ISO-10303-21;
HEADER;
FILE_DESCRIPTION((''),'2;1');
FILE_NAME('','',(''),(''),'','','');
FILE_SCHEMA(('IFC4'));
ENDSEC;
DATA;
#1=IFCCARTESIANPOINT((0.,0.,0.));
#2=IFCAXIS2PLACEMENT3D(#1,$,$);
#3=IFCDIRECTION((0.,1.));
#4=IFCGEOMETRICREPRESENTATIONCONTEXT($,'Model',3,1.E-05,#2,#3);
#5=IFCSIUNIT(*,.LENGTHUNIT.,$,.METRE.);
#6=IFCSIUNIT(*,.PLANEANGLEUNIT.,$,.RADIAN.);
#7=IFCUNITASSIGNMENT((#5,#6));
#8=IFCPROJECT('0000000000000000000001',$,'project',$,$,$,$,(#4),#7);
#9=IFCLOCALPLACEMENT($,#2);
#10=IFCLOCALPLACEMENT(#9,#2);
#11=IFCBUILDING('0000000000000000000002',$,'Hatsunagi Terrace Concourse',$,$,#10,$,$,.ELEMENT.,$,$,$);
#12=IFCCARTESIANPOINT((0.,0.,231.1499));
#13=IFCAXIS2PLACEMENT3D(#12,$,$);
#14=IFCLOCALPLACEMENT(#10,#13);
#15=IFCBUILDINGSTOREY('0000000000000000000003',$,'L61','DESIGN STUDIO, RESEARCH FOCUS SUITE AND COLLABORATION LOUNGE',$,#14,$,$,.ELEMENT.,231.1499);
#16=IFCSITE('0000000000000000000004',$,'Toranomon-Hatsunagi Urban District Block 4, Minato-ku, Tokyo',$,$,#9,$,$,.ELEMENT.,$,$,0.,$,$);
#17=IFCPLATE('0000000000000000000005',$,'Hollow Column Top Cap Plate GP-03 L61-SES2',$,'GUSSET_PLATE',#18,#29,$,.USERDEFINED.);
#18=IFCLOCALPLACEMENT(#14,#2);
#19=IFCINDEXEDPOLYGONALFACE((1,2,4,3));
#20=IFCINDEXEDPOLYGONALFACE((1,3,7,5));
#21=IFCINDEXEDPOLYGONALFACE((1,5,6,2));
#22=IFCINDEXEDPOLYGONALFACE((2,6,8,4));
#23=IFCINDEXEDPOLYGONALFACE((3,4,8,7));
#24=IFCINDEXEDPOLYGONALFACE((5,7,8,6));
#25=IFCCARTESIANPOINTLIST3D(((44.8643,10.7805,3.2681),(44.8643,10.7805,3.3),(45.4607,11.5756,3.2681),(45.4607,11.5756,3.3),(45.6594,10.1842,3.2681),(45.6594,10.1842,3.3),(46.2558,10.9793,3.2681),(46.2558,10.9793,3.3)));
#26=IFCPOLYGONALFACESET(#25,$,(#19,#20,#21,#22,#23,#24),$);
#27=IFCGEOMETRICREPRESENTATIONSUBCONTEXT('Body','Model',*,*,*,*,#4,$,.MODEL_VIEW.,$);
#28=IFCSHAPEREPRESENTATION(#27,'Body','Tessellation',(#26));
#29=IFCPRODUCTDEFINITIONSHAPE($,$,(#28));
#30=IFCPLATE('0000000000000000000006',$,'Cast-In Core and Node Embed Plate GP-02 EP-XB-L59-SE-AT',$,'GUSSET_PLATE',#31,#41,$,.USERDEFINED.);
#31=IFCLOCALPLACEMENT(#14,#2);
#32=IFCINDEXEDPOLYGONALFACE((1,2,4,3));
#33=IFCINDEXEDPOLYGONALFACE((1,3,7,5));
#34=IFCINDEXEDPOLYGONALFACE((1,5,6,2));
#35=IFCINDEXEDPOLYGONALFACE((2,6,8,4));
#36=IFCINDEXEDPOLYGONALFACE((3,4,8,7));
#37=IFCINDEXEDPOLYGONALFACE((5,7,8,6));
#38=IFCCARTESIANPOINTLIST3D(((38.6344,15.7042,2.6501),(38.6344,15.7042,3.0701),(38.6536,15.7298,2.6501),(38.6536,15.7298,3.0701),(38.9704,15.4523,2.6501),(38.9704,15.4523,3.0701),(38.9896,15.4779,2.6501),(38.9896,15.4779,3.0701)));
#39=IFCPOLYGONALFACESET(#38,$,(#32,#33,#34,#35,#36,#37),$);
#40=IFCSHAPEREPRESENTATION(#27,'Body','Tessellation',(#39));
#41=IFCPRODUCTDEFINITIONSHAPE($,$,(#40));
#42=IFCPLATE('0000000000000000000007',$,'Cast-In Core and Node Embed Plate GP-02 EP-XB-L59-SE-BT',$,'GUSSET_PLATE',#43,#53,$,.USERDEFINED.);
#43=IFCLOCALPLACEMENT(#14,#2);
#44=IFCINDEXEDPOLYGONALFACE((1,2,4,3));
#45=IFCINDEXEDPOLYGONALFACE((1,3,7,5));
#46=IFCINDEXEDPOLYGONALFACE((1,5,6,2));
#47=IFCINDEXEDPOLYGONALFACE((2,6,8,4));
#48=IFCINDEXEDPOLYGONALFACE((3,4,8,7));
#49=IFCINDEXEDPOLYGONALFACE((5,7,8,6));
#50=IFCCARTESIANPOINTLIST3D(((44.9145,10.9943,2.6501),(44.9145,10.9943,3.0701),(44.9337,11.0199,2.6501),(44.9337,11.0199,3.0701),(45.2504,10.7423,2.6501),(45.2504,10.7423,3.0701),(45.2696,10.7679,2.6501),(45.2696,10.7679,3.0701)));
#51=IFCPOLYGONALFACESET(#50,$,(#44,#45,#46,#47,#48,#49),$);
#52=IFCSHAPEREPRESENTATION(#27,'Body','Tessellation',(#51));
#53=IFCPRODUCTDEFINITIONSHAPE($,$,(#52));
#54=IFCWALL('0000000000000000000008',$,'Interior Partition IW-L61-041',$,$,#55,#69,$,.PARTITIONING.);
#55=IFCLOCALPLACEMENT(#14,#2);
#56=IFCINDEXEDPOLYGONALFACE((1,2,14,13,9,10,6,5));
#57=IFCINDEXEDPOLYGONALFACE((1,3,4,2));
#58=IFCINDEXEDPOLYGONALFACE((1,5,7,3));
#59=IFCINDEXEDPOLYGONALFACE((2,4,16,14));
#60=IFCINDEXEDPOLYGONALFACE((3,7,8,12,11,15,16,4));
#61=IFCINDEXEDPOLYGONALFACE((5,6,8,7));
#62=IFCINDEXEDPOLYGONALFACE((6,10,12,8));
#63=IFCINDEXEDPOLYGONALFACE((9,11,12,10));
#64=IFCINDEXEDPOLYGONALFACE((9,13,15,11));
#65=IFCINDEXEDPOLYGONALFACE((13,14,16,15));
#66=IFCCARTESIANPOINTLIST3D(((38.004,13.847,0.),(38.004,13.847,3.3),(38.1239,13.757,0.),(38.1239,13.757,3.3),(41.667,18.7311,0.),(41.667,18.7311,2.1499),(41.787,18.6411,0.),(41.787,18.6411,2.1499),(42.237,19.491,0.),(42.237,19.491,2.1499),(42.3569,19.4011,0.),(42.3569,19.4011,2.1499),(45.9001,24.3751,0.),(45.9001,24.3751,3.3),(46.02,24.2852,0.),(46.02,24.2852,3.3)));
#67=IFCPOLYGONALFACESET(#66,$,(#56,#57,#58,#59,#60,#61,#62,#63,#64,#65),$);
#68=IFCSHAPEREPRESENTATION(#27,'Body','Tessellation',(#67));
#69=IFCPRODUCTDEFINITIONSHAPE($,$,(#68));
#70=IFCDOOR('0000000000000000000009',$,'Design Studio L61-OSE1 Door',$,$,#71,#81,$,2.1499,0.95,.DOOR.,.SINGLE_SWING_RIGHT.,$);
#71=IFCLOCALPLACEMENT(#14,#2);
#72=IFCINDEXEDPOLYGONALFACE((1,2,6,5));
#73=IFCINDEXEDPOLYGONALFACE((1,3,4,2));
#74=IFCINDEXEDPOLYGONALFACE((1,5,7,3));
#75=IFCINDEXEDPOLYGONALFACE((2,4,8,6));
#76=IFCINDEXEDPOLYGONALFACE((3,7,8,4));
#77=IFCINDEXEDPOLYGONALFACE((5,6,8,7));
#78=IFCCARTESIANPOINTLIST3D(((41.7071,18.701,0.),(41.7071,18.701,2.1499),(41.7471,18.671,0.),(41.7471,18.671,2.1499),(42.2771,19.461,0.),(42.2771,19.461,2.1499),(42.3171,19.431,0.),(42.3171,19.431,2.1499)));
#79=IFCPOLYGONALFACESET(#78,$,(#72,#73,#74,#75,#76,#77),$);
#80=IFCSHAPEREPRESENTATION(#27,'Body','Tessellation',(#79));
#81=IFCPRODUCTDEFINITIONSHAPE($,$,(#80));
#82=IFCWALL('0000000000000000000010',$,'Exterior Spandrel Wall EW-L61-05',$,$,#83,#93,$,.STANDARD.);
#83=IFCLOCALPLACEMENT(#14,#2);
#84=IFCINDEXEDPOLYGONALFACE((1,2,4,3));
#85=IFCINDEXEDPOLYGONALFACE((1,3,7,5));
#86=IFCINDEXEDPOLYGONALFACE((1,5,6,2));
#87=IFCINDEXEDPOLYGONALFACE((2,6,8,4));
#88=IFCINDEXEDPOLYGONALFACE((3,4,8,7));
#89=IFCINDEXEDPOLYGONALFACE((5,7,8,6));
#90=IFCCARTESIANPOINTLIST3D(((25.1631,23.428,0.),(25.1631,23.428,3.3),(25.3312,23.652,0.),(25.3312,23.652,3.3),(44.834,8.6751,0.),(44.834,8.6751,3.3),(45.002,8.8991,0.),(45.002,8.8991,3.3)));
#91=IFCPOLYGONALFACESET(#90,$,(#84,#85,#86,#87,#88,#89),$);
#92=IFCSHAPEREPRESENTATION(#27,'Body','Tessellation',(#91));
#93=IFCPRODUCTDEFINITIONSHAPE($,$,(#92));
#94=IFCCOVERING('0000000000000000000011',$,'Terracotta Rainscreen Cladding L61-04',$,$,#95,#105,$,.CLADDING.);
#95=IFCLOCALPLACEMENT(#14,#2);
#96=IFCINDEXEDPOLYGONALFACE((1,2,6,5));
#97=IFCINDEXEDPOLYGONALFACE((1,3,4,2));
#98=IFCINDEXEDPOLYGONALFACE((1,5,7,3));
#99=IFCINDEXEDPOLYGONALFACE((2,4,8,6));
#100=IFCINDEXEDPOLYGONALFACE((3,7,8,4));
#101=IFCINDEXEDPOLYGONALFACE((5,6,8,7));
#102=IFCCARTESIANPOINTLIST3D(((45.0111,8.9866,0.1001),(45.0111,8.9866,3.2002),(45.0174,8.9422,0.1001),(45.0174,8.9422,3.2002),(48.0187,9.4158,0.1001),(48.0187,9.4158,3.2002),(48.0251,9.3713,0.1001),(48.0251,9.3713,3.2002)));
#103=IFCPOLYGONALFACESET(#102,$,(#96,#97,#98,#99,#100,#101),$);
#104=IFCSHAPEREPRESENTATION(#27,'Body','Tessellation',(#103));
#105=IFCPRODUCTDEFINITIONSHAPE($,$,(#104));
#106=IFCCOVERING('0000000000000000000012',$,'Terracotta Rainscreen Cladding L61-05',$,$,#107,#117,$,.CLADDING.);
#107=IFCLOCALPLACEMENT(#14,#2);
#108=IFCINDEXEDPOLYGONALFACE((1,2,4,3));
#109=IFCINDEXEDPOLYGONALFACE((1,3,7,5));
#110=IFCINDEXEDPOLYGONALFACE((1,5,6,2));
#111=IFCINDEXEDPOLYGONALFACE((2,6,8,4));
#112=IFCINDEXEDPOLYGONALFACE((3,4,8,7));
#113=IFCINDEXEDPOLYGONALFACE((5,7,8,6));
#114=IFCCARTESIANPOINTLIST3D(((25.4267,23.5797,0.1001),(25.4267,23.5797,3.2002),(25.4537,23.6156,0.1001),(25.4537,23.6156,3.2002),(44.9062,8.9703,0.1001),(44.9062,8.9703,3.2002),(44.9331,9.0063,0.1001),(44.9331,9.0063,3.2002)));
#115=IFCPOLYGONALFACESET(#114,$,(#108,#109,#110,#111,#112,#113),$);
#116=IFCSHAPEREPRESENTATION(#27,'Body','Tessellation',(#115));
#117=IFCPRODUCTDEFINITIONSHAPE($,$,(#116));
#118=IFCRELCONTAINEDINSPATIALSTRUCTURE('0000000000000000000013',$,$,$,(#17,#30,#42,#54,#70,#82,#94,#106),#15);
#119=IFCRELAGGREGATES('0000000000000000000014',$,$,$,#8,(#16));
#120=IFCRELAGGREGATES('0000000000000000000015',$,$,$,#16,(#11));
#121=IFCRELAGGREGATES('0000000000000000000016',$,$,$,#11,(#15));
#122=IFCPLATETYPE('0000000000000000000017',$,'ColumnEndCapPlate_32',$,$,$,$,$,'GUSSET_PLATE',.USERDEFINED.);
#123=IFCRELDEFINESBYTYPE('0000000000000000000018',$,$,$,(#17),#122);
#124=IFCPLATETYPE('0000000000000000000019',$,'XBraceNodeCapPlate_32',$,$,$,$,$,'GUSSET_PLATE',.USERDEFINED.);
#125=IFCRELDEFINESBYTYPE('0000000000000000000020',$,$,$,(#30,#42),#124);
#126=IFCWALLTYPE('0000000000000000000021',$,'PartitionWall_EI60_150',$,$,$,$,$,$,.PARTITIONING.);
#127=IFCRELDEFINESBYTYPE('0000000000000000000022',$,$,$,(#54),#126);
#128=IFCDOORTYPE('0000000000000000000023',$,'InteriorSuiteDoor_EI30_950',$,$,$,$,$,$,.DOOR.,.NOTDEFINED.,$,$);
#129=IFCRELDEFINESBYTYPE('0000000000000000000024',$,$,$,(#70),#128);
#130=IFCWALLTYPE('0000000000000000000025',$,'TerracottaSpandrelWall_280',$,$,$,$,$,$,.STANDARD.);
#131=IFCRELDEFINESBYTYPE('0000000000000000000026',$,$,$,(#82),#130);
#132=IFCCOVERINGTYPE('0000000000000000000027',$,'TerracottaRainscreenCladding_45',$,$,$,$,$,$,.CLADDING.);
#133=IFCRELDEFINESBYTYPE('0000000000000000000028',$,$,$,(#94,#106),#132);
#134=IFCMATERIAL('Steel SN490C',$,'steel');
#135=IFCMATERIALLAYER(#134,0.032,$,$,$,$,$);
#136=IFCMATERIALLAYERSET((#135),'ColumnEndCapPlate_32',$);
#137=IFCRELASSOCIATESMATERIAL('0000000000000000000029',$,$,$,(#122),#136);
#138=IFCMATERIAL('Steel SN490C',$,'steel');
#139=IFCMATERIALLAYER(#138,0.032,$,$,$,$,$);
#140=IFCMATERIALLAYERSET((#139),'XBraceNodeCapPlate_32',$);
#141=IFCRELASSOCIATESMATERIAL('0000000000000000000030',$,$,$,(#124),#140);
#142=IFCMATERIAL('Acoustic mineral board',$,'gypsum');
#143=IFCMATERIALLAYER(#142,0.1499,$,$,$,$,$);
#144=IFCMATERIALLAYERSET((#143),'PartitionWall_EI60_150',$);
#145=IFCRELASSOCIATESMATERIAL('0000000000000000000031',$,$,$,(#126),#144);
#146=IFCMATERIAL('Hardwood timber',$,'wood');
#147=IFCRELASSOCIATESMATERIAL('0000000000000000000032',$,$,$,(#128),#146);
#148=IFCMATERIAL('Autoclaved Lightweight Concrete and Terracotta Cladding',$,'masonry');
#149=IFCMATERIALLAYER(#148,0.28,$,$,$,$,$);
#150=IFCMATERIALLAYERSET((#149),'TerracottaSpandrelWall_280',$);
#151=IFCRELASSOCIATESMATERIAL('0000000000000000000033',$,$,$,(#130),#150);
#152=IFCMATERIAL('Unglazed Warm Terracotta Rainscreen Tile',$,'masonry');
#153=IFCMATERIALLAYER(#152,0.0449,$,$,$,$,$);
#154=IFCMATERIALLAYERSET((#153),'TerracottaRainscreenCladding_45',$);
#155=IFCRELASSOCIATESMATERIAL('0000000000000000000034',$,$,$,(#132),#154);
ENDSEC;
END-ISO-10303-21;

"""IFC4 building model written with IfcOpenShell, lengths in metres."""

from ifc_helpers import new_model, si_unit, direction, frame, frame_2d, origin, origin_2d, place, context, subcontext, project, spatial, rectangle, extrude, material, layer, layer_set, type_object, element, fill, save


model = new_model("IFC4")

# Units and contexts
model_context = context("Model", 3, precision=1e-05, world=origin(), true_north=direction((0.0, 1.0)))
body_context = subcontext(model_context, "Body", "Model", "MODEL_VIEW")
ifc_project = project(units=[si_unit("LENGTHUNIT", "METRE"), si_unit("PLANEANGLEUNIT", "RADIAN")], contexts=[model_context])

# Site, building, storey
site_placement = place(None, origin())
site = spatial("IfcSite", under=ifc_project, at=site_placement, Name="Toranomon-Hatsunagi Urban District Block 4, Minato-ku, Tokyo", CompositionType="ELEMENT", RefElevation=0.0)
building_placement = place(site_placement, origin())
building = spatial("IfcBuilding", under=site, at=building_placement, Name="Hatsunagi Terrace Concourse", CompositionType="ELEMENT")
storey_placement = place(building_placement, frame((0.0, 0.0, 231.1499)))
storey = spatial("IfcBuildingStorey", under=building, at=storey_placement, Name="L61", Description="DESIGN STUDIO, RESEARCH FOCUS SUITE AND COLLABORATION LOUNGE", CompositionType="ELEMENT", Elevation=231.1499)

# Plates
ifc_material_1 = material(Name="Steel SN490C", Category="steel")
ifc_layer_1 = layer(ifc_material_1, 0.032)
ifc_layer_set_1 = layer_set([ifc_layer_1], Name="ColumnEndCapPlate_32")
plate_type_1 = type_object("IfcPlateType", Name="ColumnEndCapPlate_32", ElementType="GUSSET_PLATE", PredefinedType="USERDEFINED", material=ifc_layer_set_1)
plate_placement = place(storey_placement, frame((45.5601, 10.8799, 3.2681), z_axis=(0.0, 0.0, 1.0), x_axis=(0.8, -0.6, 0.0)))
element("IfcPlate", 1, at=plate_placement, inside=storey, type_object=plate_type_1, Name="Hollow Column Top Cap Plate GP-03 L61-SES2", ObjectType="GUSSET_PLATE", PredefinedType="USERDEFINED", context=body_context, shape_type="SweptSolid", body=[
    extrude(rectangle(XDim=0.9939, YDim=0.9939, at=origin_2d()), origin(), (0.0, 0.0, 1.0), 0.032),
])
ifc_material_2 = material(Name="Steel SN490C", Category="steel")
ifc_layer_2 = layer(ifc_material_2, 0.032)
ifc_layer_set_2 = layer_set([ifc_layer_2], Name="XBraceNodeCapPlate_32")
plate_type_2 = type_object("IfcPlateType", Name="XBraceNodeCapPlate_32", ElementType="GUSSET_PLATE", PredefinedType="USERDEFINED", material=ifc_layer_set_2)
for number, where, z_axis, x_axis, name in (
    (2, (38.812, 15.5911, 2.6501), (0.0, 0.0, 1.0), (0.8, -0.6, 0.0), "Cast-In Core and Node Embed Plate GP-02 EP-XB-L59-SE-AT"),
    (3, (45.092, 10.8811, 2.6501), (0.0, 0.0, 1.0), (0.8, -0.6, 0.0), "Cast-In Core and Node Embed Plate GP-02 EP-XB-L59-SE-BT"),
):
    element("IfcPlate", number, at=place(storey_placement, frame(where, z_axis=z_axis, x_axis=x_axis)), inside=storey, type_object=plate_type_2, Name=name, ObjectType="GUSSET_PLATE", PredefinedType="USERDEFINED", context=body_context, shape_type="SweptSolid", body=[
        extrude(rectangle(XDim=0.4199, YDim=0.032, at=origin_2d()), origin(), (0.0, 0.0, 1.0), 0.4199),
    ])

# Wall, opening, door
ifc_material_3 = material(Name="Acoustic mineral board", Category="gypsum")
ifc_layer_3 = layer(ifc_material_3, 0.1499)
ifc_layer_set_3 = layer_set([ifc_layer_3], Name="PartitionWall_EI60_150")
wall_type_1 = type_object("IfcWallType", Name="PartitionWall_EI60_150", PredefinedType="PARTITIONING", material=ifc_layer_set_3)
wall_1_placement = place(storey_placement, frame((38.064, 13.802, 0.0), z_axis=(0.0, 0.0, 1.0), x_axis=(0.599997, 0.800002, 0.0)))
wall_1 = element("IfcWall", 4, at=wall_1_placement, inside=storey, type_object=wall_type_1, Name="Interior Partition IW-L61-041", PredefinedType="PARTITIONING", context=body_context, shape_type="SweptSolid", body=[
    extrude(rectangle(XDim=13.1602, YDim=0.1499, at=frame_2d((6.5801, 0.0))), origin(), (0.0, 0.0, 1.0), 3.3),
])
opening_placement = place(wall_1_placement, frame((6.105, 0.0, 0.0)))
opening = element("IfcOpeningElement", 5, at=opening_placement, cuts=wall_1, PredefinedType="OPENING", context=body_context, shape_type="SweptSolid", body=[
    extrude(rectangle(XDim=0.95, YDim=2.1499, at=frame_2d((0.4751, 1.075))), frame((0.0, 0.085, 0.0), z_axis=(0.0, -1.0, 0.0), x_axis=(1.0, 0.0, 0.0)), (0.0, 0.0, 1.0), 0.1699),
])
ifc_material_4 = material(Name="Hardwood timber", Category="wood")
door_type = type_object("IfcDoorType", Name="InteriorSuiteDoor_EI30_950", OperationType="NOTDEFINED", PredefinedType="DOOR", material=ifc_material_4)
door_placement = place(opening_placement, origin())
door = element("IfcDoor", 6, at=door_placement, inside=storey, type_object=door_type, Name="Design Studio L61-OSE1 Door", OperationType="SINGLE_SWING_RIGHT", OverallHeight=2.1499, OverallWidth=0.95, PredefinedType="DOOR", context=body_context, shape_type="SweptSolid", body=[
    extrude(rectangle(XDim=0.95, YDim=2.1499, at=frame_2d((0.4751, 1.075))), frame((0.0, 0.0249, 0.0), z_axis=(0.0, -1.0, 0.0), x_axis=(1.0, 0.0, 0.0)), (0.0, 0.0, 1.0), 0.05),
])
fill(opening, door)

# Wall
ifc_material_5 = material(Name="Autoclaved Lightweight Concrete and Terracotta Cladding", Category="masonry")
ifc_layer_4 = layer(ifc_material_5, 0.28)
ifc_layer_set_4 = layer_set([ifc_layer_4], Name="TerracottaSpandrelWall_280")
wall_type_2 = type_object("IfcWallType", Name="TerracottaSpandrelWall_280", PredefinedType="STANDARD", material=ifc_layer_set_4)
wall_2_placement = place(storey_placement, frame((44.918, 8.7871, 0.0), z_axis=(0.0, 0.0, 1.0), x_axis=(-0.800005, 0.599994, 0.0)))
element("IfcWall", 7, at=wall_2_placement, inside=storey, type_object=wall_type_2, Name="Exterior Spandrel Wall EW-L61-05", PredefinedType="STANDARD", context=body_context, shape_type="SweptSolid", body=[
    extrude(rectangle(XDim=24.5884, YDim=0.28, at=frame_2d((12.2942, 0.0))), origin(), (0.0, 0.0, 1.0), 3.3),
])

# Coverings
ifc_material_6 = material(Name="Unglazed Warm Terracotta Rainscreen Tile", Category="masonry")
ifc_layer_5 = layer(ifc_material_6, 0.0449)
ifc_layer_set_5 = layer_set([ifc_layer_5], Name="TerracottaRainscreenCladding_45")
covering_type = type_object("IfcCoveringType", Name="TerracottaRainscreenCladding_45", PredefinedType="CLADDING", material=ifc_layer_set_5)
covering_1_placement = place(storey_placement, frame((46.5181, 9.179, 0.1001), z_axis=(0.0, 0.0, 1.0), x_axis=(-0.989974, -0.14125, 0.0)))
element("IfcCovering", 8, at=covering_1_placement, inside=storey, type_object=covering_type, Name="Terracotta Rainscreen Cladding L61-04", PredefinedType="CLADDING", context=body_context, shape_type="SweptSolid", body=[
    extrude(rectangle(XDim=3.0381, YDim=0.0449, at=origin_2d()), origin(), (0.0, 0.0, 1.0), 3.1001),
])
covering_2_placement = place(storey_placement, frame((35.1799, 16.293, 0.1001), z_axis=(0.0, 0.0, 1.0), x_axis=(-0.800005, 0.599993, 0.0)))
element("IfcCovering", 9, at=covering_2_placement, inside=storey, type_object=covering_type, Name="Terracotta Rainscreen Cladding L61-05", PredefinedType="CLADDING", context=body_context, shape_type="SweptSolid", body=[
    extrude(rectangle(XDim=24.3491, YDim=0.0449, at=origin_2d()), origin(), (0.0, 0.0, 1.0), 3.1001),
])

save(model, "model.ifc")
